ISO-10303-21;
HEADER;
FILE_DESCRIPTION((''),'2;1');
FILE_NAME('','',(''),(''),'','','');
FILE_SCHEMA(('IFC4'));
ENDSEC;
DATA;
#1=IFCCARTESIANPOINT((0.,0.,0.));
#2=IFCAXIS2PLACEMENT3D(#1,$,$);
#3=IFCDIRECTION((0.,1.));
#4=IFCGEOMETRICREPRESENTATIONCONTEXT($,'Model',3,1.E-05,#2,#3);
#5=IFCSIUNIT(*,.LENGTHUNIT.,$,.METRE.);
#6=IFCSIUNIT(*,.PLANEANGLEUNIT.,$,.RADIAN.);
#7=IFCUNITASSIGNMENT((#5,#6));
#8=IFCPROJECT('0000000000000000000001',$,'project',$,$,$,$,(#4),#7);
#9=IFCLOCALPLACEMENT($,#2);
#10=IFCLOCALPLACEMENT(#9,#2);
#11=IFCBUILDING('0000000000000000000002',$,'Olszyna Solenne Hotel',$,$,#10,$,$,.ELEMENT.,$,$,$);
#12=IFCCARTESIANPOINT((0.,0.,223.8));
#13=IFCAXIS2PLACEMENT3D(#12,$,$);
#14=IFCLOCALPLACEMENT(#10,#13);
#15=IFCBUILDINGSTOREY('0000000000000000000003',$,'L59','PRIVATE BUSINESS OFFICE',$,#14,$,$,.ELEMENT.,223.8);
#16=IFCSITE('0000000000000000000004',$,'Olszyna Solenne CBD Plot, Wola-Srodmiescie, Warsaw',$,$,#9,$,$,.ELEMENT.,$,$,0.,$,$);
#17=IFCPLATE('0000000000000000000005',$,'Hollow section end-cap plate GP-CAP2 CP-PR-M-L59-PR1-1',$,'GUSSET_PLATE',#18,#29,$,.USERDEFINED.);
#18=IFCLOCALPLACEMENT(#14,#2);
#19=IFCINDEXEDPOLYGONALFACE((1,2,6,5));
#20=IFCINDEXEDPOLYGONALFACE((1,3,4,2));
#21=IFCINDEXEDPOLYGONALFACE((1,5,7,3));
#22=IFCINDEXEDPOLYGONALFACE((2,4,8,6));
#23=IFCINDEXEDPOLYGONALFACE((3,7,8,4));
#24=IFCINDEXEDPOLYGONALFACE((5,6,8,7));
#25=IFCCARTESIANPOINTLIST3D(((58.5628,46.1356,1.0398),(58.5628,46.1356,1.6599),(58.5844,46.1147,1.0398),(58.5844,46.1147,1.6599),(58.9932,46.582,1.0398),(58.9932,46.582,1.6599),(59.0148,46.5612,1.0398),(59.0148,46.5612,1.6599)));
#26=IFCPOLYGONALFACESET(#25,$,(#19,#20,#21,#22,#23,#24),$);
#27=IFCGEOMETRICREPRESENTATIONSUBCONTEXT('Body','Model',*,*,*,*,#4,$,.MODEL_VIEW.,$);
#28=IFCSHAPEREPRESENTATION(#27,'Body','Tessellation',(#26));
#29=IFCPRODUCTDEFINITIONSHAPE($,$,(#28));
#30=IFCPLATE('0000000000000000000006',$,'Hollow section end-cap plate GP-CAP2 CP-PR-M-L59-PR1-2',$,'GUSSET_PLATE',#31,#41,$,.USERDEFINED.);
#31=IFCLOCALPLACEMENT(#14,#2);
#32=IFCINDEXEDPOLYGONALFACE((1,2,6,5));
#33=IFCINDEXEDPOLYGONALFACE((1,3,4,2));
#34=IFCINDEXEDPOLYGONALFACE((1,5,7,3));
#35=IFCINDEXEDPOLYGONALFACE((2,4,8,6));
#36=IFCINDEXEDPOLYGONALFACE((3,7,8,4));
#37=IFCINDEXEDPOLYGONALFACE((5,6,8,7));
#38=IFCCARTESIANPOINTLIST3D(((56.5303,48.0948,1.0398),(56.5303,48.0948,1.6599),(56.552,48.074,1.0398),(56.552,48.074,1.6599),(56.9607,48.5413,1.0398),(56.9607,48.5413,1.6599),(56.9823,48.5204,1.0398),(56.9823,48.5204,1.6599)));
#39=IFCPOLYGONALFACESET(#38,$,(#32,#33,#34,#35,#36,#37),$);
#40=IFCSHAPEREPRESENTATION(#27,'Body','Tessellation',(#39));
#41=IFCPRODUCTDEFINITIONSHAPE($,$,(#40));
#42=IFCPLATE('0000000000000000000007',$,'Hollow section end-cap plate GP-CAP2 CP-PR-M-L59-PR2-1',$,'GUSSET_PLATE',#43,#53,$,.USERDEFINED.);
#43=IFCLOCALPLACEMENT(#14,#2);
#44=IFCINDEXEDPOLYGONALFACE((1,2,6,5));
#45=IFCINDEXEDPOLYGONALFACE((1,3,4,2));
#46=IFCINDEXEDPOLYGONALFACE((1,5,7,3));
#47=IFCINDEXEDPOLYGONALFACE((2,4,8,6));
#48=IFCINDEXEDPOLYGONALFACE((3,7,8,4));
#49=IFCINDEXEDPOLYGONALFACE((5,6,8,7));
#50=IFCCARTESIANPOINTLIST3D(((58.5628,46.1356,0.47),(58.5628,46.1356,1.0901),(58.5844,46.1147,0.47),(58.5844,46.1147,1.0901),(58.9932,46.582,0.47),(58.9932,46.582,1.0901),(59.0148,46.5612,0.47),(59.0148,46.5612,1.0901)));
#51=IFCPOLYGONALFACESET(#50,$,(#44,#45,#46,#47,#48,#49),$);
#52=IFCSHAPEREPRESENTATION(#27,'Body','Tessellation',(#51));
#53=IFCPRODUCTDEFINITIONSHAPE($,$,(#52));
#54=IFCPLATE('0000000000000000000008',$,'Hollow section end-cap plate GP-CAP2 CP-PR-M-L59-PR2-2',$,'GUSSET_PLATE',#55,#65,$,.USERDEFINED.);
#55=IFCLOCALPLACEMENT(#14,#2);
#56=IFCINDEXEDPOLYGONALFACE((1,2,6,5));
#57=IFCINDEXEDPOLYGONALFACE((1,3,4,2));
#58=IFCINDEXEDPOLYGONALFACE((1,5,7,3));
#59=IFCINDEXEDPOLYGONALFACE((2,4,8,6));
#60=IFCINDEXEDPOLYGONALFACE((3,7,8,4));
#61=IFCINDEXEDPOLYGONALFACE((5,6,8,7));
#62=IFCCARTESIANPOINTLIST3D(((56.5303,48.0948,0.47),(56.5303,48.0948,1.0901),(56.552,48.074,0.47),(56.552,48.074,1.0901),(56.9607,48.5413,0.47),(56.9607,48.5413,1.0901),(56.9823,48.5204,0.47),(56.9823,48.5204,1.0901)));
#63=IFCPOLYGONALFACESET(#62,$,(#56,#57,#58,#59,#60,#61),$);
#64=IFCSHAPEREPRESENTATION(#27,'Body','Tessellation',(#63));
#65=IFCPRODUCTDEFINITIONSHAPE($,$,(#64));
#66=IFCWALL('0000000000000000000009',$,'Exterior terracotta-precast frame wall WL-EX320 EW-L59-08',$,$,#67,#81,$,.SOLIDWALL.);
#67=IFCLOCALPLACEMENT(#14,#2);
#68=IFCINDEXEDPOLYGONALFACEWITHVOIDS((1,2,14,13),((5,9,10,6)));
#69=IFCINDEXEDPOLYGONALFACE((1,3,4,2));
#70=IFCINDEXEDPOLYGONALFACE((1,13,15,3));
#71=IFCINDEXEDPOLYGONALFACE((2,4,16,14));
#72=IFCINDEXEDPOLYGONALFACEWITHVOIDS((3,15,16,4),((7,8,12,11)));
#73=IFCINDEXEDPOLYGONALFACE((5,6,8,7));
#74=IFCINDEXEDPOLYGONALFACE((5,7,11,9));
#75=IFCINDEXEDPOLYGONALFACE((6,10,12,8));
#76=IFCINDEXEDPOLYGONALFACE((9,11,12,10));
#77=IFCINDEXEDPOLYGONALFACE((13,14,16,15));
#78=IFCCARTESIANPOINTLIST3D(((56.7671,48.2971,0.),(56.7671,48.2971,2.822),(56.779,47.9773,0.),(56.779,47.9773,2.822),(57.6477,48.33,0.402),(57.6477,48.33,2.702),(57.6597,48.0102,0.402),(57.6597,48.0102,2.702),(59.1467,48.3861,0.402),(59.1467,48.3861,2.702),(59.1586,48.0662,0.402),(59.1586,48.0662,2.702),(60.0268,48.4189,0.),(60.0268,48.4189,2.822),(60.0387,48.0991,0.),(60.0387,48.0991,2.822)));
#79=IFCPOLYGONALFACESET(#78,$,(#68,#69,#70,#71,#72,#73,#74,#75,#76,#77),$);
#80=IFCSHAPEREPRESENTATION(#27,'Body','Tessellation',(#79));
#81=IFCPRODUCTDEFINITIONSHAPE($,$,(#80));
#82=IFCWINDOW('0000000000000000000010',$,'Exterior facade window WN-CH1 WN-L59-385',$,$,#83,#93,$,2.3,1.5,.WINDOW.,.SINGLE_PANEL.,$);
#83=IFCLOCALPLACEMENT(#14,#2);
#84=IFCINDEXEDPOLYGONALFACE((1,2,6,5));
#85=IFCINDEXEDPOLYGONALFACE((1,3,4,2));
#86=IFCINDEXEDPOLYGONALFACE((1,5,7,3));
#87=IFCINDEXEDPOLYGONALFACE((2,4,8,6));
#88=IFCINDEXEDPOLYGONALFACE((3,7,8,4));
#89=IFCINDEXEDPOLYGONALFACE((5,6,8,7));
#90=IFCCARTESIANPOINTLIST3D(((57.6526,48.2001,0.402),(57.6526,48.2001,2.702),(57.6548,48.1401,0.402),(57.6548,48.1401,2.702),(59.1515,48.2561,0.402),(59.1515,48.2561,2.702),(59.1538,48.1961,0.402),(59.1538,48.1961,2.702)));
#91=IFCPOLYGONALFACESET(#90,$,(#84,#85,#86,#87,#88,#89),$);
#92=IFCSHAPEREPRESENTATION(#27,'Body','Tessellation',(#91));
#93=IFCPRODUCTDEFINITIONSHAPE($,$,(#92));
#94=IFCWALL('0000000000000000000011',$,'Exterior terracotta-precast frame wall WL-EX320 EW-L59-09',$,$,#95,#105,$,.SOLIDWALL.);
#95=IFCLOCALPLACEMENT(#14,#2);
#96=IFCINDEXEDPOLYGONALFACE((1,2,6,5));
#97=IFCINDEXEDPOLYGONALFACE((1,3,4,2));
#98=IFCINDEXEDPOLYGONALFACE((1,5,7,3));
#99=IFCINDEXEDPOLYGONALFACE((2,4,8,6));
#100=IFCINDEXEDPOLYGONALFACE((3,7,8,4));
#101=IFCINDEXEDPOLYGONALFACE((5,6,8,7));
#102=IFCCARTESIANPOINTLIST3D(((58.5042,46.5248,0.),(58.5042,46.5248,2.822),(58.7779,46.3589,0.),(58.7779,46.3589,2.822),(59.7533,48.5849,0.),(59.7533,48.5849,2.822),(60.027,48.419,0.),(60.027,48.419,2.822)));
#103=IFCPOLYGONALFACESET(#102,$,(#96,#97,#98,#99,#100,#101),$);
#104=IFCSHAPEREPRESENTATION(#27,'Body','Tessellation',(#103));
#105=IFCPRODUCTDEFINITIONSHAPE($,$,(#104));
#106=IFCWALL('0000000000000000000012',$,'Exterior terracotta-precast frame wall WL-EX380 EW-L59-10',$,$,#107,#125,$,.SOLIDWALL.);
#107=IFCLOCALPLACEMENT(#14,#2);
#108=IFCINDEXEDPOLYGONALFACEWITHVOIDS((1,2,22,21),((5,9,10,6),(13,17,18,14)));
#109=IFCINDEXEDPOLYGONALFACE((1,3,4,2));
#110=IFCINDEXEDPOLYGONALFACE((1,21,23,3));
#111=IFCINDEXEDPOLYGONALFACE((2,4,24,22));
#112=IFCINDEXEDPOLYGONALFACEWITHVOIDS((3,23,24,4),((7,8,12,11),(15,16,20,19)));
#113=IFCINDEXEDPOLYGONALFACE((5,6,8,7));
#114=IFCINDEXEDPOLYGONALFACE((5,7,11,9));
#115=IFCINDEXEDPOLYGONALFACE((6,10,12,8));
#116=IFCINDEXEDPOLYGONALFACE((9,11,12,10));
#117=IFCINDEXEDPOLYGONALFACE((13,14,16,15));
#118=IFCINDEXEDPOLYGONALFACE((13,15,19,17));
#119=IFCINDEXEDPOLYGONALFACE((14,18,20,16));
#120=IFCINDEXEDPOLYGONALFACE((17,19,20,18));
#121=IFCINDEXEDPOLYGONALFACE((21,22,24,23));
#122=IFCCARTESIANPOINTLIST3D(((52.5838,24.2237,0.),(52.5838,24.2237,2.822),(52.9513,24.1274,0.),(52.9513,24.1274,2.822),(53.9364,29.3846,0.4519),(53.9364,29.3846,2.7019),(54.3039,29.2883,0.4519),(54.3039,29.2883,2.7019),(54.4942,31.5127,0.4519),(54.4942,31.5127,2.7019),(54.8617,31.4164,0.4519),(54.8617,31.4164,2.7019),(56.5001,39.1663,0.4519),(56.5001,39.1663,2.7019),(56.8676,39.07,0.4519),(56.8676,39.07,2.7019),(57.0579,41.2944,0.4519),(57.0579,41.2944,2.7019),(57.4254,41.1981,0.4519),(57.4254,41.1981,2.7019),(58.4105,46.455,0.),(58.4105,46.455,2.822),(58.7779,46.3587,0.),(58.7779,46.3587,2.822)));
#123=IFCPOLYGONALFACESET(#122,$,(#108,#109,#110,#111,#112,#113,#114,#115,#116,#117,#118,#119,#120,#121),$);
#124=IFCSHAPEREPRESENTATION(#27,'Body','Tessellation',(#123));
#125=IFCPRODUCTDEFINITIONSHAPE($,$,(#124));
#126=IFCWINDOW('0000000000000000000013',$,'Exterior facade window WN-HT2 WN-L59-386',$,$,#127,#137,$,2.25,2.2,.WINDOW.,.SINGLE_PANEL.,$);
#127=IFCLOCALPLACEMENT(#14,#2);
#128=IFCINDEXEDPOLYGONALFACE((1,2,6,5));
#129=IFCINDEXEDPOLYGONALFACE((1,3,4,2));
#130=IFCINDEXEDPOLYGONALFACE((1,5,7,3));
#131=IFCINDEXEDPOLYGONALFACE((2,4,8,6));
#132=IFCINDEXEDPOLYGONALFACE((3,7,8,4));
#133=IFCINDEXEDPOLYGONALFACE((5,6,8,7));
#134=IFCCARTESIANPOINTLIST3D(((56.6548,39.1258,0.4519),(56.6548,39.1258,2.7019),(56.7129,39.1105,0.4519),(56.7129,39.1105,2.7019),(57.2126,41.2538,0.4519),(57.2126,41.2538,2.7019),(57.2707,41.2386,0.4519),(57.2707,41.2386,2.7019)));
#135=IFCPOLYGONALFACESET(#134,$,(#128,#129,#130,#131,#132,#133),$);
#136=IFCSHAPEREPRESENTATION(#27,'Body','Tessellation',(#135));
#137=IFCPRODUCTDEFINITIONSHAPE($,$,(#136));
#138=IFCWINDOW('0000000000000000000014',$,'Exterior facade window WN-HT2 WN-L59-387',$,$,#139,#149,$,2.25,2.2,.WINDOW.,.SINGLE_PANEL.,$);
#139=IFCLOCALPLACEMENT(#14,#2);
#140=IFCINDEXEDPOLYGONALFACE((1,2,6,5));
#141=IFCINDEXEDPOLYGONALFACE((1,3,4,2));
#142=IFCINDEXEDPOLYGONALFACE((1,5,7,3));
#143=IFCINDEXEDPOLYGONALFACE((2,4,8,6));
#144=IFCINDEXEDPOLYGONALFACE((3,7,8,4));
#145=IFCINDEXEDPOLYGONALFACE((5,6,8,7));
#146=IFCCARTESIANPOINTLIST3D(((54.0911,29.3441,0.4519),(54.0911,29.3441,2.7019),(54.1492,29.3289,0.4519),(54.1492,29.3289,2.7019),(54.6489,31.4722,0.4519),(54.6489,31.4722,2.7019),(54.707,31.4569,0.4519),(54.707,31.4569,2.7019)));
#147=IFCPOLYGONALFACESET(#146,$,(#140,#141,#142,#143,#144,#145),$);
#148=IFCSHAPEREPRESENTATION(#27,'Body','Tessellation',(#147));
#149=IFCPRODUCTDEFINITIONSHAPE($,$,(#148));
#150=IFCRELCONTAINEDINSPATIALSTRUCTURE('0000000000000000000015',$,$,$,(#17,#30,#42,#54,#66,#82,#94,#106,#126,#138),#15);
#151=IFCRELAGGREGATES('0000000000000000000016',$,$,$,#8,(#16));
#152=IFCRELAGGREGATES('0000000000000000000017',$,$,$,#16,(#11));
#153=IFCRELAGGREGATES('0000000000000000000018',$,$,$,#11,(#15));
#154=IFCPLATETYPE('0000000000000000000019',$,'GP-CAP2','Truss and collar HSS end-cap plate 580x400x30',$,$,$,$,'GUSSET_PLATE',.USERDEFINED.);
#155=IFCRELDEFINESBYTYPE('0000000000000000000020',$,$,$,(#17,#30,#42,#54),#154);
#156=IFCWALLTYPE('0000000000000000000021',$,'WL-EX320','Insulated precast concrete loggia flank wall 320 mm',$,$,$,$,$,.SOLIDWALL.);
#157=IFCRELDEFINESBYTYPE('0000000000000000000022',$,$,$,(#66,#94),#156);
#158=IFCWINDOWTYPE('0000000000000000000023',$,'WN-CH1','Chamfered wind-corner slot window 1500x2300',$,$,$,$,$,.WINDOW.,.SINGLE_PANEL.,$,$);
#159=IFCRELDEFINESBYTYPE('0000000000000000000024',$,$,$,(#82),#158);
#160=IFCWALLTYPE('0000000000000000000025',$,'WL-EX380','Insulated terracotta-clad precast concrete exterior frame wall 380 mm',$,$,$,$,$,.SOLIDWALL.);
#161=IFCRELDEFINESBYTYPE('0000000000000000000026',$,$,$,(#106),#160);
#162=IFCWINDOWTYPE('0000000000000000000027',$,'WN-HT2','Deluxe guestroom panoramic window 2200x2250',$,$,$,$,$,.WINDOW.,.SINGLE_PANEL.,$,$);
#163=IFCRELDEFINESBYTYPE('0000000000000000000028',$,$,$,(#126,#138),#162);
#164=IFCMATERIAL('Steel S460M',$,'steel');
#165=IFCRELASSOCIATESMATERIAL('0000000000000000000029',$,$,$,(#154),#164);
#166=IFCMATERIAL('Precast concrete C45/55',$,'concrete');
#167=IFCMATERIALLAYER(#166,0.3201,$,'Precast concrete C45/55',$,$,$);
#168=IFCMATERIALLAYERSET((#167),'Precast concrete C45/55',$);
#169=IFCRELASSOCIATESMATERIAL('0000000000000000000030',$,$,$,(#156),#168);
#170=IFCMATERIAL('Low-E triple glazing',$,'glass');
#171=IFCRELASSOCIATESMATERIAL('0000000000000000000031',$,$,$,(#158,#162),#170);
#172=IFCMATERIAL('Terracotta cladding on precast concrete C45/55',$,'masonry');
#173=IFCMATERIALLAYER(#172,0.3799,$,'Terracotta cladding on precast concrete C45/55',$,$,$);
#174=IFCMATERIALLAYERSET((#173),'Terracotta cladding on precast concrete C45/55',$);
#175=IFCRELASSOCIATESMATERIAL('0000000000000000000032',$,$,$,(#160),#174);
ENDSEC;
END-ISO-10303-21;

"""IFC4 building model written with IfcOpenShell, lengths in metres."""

from ifc_helpers import new_model, si_unit, direction, frame, frame_2d, origin, origin_2d, place, context, subcontext, project, spatial, rectangle, extrude, source, transform, mapped, material, layer, layer_set, type_object, type_shapes, element, fill, save


model = new_model("IFC4")

# Units and contexts
model_context = context("Model", 3, precision=1e-05, world=origin(), true_north=direction((0.0, 1.0)))
body_context = subcontext(model_context, "Body", "Model", "MODEL_VIEW")
ifc_project = project(units=[si_unit("LENGTHUNIT", "METRE"), si_unit("PLANEANGLEUNIT", "RADIAN")], contexts=[model_context])

# Site, building, storey
site_placement = place(None, origin())
site = spatial("IfcSite", under=ifc_project, at=site_placement, Name="Olszyna Solenne CBD Plot, Wola-Srodmiescie, Warsaw", CompositionType="ELEMENT", RefElevation=0.0)
building_placement = place(site_placement, origin())
building = spatial("IfcBuilding", under=site, at=building_placement, Name="Olszyna Solenne Hotel", CompositionType="ELEMENT")
storey_placement = place(building_placement, frame((0.0, 0.0, 223.8)))
storey = spatial("IfcBuildingStorey", under=building, at=storey_placement, Name="L59", Description="PRIVATE BUSINESS OFFICE", CompositionType="ELEMENT", Elevation=223.8)

# Shared definitions
ifc_material_1 = material(Name="Steel S460M", Category="steel")

# Plates
plate_type = type_object("IfcPlateType", Name="GP-CAP2", Description="Truss and collar HSS end-cap plate 580x400x30", ElementType="GUSSET_PLATE", PredefinedType="USERDEFINED", material=ifc_material_1)
shared_shape_1 = source(origin(), body_context, "Body", "SweptSolid", [
    extrude(rectangle(XDim=0.03, YDim=0.6201, at=origin_2d()), origin(), (0.0, 0.0, 1.0), 0.6201),
])
for number, where, z_axis, x_axis, name in (
    (1, (58.7888, 46.3484, 1.0398), (0.0, 0.0, 1.0), (-0.719946, 0.69403, 0.0), "Hollow section end-cap plate GP-CAP2 CP-PR-M-L59-PR1-1"),
    (2, (56.7563, 48.3076, 1.0398), (0.0, 0.0, 1.0), (-0.719946, 0.69403, 0.0), "Hollow section end-cap plate GP-CAP2 CP-PR-M-L59-PR1-2"),
    (3, (58.7888, 46.3484, 0.47), (0.0, 0.0, 1.0), (-0.719946, 0.69403, 0.0), "Hollow section end-cap plate GP-CAP2 CP-PR-M-L59-PR2-1"),
    (4, (56.7563, 48.3076, 0.47), (0.0, 0.0, 1.0), (-0.719946, 0.69403, 0.0), "Hollow section end-cap plate GP-CAP2 CP-PR-M-L59-PR2-2"),
):
    element("IfcPlate", number, at=place(storey_placement, frame(where, z_axis=z_axis, x_axis=x_axis)), inside=storey, type_object=plate_type, Name=name, ObjectType="GUSSET_PLATE", PredefinedType="USERDEFINED", context=body_context, shape_type="MappedRepresentation", body=[
        mapped(shared_shape_1, transform((0.0, 0.0, 0.0), x_axis=(1.0, 0.0, 0.0), y_axis=(0.0, 1.0, 0.0), z_axis=(0.0, 0.0, 1.0), scale=1.0)),
    ])

# Wall, opening, window
ifc_material_2 = material(Name="Precast concrete C45/55", Category="concrete")
ifc_layer_1 = layer(ifc_material_2, 0.3201, Name="Precast concrete C45/55")
ifc_layer_set_1 = layer_set([ifc_layer_1], Name="Precast concrete C45/55")
wall_type_1 = type_object("IfcWallType", Name="WL-EX320", Description="Insulated precast concrete loggia flank wall 320 mm", PredefinedType="SOLIDWALL", material=ifc_layer_set_1)
wall_1_placement = place(storey_placement, frame((56.7732, 48.1372, 0.0), z_axis=(0.0, 0.0, 1.0), x_axis=(0.999302, 0.037347, 0.0)))
wall_1 = element("IfcWall", 5, at=wall_1_placement, inside=storey, type_object=wall_type_1, Name="Exterior terracotta-precast frame wall WL-EX320 EW-L59-08", PredefinedType="SOLIDWALL", context=body_context, shape_type="SweptSolid", body=[
    extrude(rectangle(XDim=3.262, YDim=0.3201, at=frame_2d((1.6309, 0.0))), origin(), (0.0, 0.0, 1.0), 2.822),
])
opening_1_placement = place(wall_1_placement, frame((0.8811, 0.0, 0.4021)))
opening_1 = element("IfcOpeningElement", 6, at=opening_1_placement, cuts=wall_1, PredefinedType="OPENING", context=body_context, shape_type="SweptSolid", body=[
    extrude(rectangle(XDim=1.5, YDim=2.3, at=frame_2d((0.75, 1.1499))), frame((0.0, 0.1699, 0.0), z_axis=(0.0, -1.0, 0.0), x_axis=(1.0, 0.0, 0.0)), (0.0, 0.0, 1.0), 0.3401),
])
ifc_material_3 = material(Name="Low-E triple glazing", Category="glass")
window_type_1 = type_object("IfcWindowType", Name="WN-CH1", Description="Chamfered wind-corner slot window 1500x2300", PartitioningType="SINGLE_PANEL", PredefinedType="WINDOW", material=ifc_material_3)
shared_shape_2 = source(origin(), body_context, "Body", "SweptSolid", [
    extrude(rectangle(XDim=1.5, YDim=2.3, at=frame_2d((0.75, 1.1499))), frame((0.0, 0.03, 0.0), z_axis=(0.0, -1.0, 0.0), x_axis=(1.0, 0.0, 0.0)), (0.0, 0.0, 1.0), 0.0601),
])
type_shapes(window_type_1, [shared_shape_2])
window_1_placement = place(opening_1_placement, origin())
window_1 = element("IfcWindow", 7, at=window_1_placement, inside=storey, type_object=window_type_1, Name="Exterior facade window WN-CH1 WN-L59-385", OverallHeight=2.3, OverallWidth=1.5, PartitioningType="SINGLE_PANEL", PredefinedType="WINDOW", context=body_context, shape_type="MappedRepresentation", body=[
    mapped(shared_shape_2, transform((0.0, 0.0, 0.0), x_axis=(1.0, 0.0, 0.0), y_axis=(0.0, 1.0, 0.0), z_axis=(0.0, 0.0, 1.0), scale=1.0)),
])
fill(opening_1, window_1)

# Wall
wall_2_placement = place(storey_placement, frame((59.8901, 48.502, 0.0), z_axis=(0.0, 0.0, 1.0), x_axis=(-0.518454, -0.855105, 0.0)))
element("IfcWall", 8, at=wall_2_placement, inside=storey, type_object=wall_type_1, Name="Exterior terracotta-precast frame wall WL-EX320 EW-L59-09", PredefinedType="SOLIDWALL", context=body_context, shape_type="SweptSolid", body=[
    extrude(rectangle(XDim=2.4092, YDim=0.3201, at=frame_2d((1.2046, 0.0))), origin(), (0.0, 0.0, 1.0), 2.822),
])

# Wall, openings, windows
ifc_material_4 = material(Name="Terracotta cladding on precast concrete C45/55", Category="masonry")
ifc_layer_2 = layer(ifc_material_4, 0.3799, Name="Terracotta cladding on precast concrete C45/55")
ifc_layer_set_2 = layer_set([ifc_layer_2], Name="Terracotta cladding on precast concrete C45/55")
wall_type_2 = type_object("IfcWallType", Name="WL-EX380", Description="Insulated terracotta-clad precast concrete exterior frame wall 380 mm", PredefinedType="SOLIDWALL", material=ifc_layer_set_2)
wall_3_placement = place(storey_placement, frame((58.5942, 46.407, 0.0), z_axis=(0.0, 0.0, 1.0), x_axis=(-0.253531, -0.967327, 0.0)))
wall_3 = element("IfcWall", 9, at=wall_3_placement, inside=storey, type_object=wall_type_2, Name="Exterior terracotta-precast frame wall WL-EX380 EW-L59-10", PredefinedType="SOLIDWALL", context=body_context, shape_type="SweptSolid", body=[
    extrude(rectangle(XDim=22.9822, YDim=0.3799, at=frame_2d((11.4912, 0.0))), origin(), (0.0, 0.0, 1.0), 2.822),
])
opening_2_placement = place(wall_3_placement, frame((5.335, 0.0, 0.4519)))
opening_2 = element("IfcOpeningElement", 10, at=opening_2_placement, cuts=wall_3, PredefinedType="OPENING", context=body_context, shape_type="SweptSolid", body=[
    extrude(rectangle(XDim=2.2, YDim=2.25, at=frame_2d((1.1001, 1.125))), frame((0.0, 0.2, 0.0), z_axis=(0.0, -1.0, 0.0), x_axis=(1.0, 0.0, 0.0)), (0.0, 0.0, 1.0), 0.3999),
])
opening_3_placement = place(wall_3_placement, frame((15.447, 0.0, 0.4519)))
opening_3 = element("IfcOpeningElement", 11, at=opening_3_placement, cuts=wall_3, PredefinedType="OPENING", context=body_context, shape_type="SweptSolid", body=[
    extrude(rectangle(XDim=2.2, YDim=2.25, at=frame_2d((1.1001, 1.125))), frame((0.0, 0.2, 0.0), z_axis=(0.0, -1.0, 0.0), x_axis=(1.0, 0.0, 0.0)), (0.0, 0.0, 1.0), 0.3999),
])
window_type_2 = type_object("IfcWindowType", Name="WN-HT2", Description="Deluxe guestroom panoramic window 2200x2250", PartitioningType="SINGLE_PANEL", PredefinedType="WINDOW", material=ifc_material_3)
shared_shape_3 = source(origin(), body_context, "Body", "SweptSolid", [
    extrude(rectangle(XDim=2.2, YDim=2.25, at=frame_2d((1.1001, 1.125))), frame((0.0, 0.03, 0.0), z_axis=(0.0, -1.0, 0.0), x_axis=(1.0, 0.0, 0.0)), (0.0, 0.0, 1.0), 0.0601),
])
type_shapes(window_type_2, [shared_shape_3])
window_2_placement = place(opening_2_placement, origin())
window_2 = element("IfcWindow", 12, at=window_2_placement, inside=storey, type_object=window_type_2, Name="Exterior facade window WN-HT2 WN-L59-386", OverallHeight=2.25, OverallWidth=2.2, PartitioningType="SINGLE_PANEL", PredefinedType="WINDOW", context=body_context, shape_type="MappedRepresentation", body=[
    mapped(shared_shape_3, transform((0.0, 0.0, 0.0), x_axis=(1.0, 0.0, 0.0), y_axis=(0.0, 1.0, 0.0), z_axis=(0.0, 0.0, 1.0), scale=1.0)),
])
fill(opening_2, window_2)
window_3_placement = place(opening_3_placement, origin())
window_3 = element("IfcWindow", 13, at=window_3_placement, inside=storey, type_object=window_type_2, Name="Exterior facade window WN-HT2 WN-L59-387", OverallHeight=2.25, OverallWidth=2.2, PartitioningType="SINGLE_PANEL", PredefinedType="WINDOW", context=body_context, shape_type="MappedRepresentation", body=[
    mapped(shared_shape_3, transform((0.0, 0.0, 0.0), x_axis=(1.0, 0.0, 0.0), y_axis=(0.0, 1.0, 0.0), z_axis=(0.0, 0.0, 1.0), scale=1.0)),
])
fill(opening_3, window_3)

save(model, "model.ifc")
